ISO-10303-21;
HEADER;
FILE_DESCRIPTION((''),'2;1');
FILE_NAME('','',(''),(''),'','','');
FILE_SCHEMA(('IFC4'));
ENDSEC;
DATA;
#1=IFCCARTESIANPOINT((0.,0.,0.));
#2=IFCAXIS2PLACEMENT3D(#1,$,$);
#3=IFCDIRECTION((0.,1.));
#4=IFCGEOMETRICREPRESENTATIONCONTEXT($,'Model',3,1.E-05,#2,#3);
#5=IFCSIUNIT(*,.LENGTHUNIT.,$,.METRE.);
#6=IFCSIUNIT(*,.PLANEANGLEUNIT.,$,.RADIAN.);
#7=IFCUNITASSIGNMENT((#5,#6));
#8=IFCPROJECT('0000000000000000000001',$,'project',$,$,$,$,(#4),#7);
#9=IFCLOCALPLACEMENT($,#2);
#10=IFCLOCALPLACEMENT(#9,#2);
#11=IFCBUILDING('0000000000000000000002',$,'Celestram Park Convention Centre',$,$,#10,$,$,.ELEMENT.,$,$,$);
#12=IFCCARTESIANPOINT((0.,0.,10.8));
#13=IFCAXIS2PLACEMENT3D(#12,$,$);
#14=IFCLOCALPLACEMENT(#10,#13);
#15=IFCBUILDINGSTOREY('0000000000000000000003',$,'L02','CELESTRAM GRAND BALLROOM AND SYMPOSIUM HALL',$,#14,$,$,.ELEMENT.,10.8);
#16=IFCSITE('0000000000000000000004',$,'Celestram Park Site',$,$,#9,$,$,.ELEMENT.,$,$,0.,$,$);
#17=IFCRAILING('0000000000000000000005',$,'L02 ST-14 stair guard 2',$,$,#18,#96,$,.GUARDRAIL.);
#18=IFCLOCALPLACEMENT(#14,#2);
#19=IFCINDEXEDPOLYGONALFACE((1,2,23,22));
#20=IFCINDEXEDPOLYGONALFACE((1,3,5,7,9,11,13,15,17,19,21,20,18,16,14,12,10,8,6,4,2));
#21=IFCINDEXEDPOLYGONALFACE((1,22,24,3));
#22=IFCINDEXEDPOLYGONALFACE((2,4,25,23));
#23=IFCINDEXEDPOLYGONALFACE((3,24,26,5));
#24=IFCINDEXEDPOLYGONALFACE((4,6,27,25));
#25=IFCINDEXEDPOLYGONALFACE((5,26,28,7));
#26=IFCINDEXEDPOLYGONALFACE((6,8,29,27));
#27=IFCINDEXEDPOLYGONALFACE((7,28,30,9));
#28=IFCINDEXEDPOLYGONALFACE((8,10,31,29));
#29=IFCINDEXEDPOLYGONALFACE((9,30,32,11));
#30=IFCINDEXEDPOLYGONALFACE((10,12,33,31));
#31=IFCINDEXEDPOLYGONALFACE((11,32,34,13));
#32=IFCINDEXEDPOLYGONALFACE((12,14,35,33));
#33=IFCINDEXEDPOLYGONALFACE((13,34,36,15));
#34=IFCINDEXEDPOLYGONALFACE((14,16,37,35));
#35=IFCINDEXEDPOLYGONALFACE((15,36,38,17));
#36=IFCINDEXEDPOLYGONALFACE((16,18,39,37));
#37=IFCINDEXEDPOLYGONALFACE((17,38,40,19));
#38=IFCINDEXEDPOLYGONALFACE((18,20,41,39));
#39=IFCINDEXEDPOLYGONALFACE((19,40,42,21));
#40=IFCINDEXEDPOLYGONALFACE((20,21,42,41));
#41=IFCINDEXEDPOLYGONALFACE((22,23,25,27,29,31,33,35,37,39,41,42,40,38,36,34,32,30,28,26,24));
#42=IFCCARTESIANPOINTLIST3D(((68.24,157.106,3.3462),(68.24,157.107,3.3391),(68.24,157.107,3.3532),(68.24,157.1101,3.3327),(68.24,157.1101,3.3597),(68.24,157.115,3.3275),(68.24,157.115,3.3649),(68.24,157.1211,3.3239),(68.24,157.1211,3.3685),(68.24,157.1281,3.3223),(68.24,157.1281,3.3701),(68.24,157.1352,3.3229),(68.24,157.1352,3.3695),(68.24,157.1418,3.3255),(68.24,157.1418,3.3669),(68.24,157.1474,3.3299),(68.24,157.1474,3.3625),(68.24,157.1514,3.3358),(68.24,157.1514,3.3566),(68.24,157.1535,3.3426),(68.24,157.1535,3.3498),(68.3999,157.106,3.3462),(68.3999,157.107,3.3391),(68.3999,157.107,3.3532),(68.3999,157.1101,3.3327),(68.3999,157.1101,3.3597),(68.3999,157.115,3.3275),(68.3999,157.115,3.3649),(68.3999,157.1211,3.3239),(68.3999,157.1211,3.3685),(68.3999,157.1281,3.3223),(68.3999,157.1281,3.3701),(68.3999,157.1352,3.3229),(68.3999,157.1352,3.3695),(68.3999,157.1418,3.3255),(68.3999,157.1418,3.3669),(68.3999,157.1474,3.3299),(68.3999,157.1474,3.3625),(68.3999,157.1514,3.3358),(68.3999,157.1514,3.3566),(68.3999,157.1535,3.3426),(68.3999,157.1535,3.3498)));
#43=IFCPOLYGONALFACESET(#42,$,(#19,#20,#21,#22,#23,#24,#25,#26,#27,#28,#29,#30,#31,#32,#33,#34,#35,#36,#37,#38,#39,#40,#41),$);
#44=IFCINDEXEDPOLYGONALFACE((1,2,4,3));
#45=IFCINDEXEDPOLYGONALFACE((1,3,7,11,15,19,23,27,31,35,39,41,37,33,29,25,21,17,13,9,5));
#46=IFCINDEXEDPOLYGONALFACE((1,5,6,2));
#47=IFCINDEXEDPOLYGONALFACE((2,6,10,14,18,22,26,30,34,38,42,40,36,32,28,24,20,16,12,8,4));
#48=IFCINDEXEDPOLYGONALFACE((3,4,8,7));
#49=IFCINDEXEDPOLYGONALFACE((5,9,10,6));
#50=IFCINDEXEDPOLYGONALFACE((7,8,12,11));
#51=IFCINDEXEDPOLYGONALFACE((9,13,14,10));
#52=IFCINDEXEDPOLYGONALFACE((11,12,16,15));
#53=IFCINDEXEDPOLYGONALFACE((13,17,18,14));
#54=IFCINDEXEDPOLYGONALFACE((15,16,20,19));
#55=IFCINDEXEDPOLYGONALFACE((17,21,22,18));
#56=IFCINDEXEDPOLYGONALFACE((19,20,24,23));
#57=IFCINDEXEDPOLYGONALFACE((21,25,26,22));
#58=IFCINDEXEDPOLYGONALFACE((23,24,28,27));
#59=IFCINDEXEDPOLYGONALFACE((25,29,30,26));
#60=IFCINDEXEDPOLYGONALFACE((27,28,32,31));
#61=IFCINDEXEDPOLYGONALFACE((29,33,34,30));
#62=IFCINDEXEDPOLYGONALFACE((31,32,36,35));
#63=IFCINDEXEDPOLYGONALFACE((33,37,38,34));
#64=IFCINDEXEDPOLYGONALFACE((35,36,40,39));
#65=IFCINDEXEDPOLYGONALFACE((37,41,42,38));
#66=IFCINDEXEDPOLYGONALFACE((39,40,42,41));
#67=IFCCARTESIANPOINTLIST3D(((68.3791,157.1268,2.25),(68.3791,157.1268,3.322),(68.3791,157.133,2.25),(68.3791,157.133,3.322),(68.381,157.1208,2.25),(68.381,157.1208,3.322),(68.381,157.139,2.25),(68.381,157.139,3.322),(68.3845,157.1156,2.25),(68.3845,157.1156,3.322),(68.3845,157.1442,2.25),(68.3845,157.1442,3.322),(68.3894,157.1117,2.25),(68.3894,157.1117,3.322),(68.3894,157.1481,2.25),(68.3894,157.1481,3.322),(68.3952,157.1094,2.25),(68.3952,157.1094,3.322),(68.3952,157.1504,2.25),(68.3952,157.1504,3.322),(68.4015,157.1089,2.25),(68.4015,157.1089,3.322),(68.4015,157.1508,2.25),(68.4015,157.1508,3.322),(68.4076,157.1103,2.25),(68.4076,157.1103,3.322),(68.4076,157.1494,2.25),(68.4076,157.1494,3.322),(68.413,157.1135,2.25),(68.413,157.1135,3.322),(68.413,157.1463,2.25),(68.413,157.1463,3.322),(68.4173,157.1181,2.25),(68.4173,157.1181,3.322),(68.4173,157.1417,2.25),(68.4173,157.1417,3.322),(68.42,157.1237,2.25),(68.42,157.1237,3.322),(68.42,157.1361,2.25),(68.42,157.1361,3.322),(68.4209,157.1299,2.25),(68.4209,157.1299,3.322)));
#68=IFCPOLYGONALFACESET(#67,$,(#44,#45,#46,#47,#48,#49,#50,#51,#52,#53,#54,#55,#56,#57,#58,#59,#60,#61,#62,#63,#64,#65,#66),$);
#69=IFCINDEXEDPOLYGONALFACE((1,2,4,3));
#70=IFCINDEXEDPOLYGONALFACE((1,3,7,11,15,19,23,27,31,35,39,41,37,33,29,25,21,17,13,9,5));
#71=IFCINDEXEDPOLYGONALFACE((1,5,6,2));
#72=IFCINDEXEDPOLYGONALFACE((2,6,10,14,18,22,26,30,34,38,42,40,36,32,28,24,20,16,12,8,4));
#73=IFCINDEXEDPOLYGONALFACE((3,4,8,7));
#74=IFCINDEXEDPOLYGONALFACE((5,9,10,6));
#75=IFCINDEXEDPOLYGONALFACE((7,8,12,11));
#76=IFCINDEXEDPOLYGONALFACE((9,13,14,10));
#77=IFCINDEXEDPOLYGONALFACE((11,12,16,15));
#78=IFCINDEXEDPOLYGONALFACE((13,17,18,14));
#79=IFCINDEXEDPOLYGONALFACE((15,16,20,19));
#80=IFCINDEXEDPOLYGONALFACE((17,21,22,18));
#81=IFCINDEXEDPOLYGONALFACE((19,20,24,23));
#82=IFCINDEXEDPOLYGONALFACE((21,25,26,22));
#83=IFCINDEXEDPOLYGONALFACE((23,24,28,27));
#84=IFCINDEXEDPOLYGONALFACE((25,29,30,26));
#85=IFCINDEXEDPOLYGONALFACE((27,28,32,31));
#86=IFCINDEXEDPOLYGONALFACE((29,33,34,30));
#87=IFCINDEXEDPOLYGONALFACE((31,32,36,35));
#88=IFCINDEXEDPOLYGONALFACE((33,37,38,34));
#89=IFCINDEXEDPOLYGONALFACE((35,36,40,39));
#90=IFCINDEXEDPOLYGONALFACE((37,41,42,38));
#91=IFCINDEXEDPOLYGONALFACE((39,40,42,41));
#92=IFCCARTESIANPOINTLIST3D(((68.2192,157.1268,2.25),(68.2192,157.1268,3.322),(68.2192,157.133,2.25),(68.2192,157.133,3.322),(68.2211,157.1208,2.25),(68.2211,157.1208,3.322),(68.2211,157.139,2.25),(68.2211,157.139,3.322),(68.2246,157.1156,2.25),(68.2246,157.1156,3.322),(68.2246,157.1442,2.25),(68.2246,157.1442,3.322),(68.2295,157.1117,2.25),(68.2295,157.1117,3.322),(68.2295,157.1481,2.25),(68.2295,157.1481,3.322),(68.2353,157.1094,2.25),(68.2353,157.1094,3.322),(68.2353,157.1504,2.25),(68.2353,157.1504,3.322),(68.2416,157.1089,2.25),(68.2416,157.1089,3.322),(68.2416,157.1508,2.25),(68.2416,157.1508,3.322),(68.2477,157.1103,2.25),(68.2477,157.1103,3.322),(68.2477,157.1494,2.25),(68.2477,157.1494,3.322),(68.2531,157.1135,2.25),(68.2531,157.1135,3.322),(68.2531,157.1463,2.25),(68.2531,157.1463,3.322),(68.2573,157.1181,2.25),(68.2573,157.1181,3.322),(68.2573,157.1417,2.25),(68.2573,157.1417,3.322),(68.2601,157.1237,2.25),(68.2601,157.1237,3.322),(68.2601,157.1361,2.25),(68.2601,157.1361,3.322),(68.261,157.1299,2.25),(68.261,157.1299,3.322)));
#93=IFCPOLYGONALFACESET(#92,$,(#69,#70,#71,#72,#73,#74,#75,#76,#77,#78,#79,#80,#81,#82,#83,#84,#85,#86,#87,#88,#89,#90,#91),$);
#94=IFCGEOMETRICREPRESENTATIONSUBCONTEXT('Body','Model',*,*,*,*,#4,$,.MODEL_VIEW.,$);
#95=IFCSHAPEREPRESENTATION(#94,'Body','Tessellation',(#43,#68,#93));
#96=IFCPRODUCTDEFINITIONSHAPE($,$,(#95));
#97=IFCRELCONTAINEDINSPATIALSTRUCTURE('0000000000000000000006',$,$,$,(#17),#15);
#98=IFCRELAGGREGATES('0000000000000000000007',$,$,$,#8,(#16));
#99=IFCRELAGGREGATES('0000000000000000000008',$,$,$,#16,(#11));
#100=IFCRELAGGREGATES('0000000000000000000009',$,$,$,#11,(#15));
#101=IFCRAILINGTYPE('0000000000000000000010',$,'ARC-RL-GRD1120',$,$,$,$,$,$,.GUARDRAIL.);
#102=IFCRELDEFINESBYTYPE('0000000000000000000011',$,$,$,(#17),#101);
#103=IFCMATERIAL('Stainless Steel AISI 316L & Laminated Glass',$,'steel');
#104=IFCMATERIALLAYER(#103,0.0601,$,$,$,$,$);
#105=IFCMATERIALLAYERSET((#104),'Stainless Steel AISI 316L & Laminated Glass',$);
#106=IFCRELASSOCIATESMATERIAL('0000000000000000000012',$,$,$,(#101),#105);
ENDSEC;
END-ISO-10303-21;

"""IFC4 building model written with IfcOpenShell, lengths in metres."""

from ifc_helpers import new_model, si_unit, direction, frame, origin, origin_2d, place, context, subcontext, project, spatial, circle, extrude, material, layer, layer_set, type_object, element, save


model = new_model("IFC4")

# Units and contexts
model_context = context("Model", 3, precision=1e-05, world=origin(), true_north=direction((0.0, 1.0)))
body_context = subcontext(model_context, "Body", "Model", "MODEL_VIEW")
ifc_project = project(units=[si_unit("LENGTHUNIT", "METRE"), si_unit("PLANEANGLEUNIT", "RADIAN")], contexts=[model_context])

# Site, building, storey
site_placement = place(None, origin())
site = spatial("IfcSite", under=ifc_project, at=site_placement, Name="Celestram Park Site", CompositionType="ELEMENT", RefElevation=0.0)
building_placement = place(site_placement, origin())
building = spatial("IfcBuilding", under=site, at=building_placement, Name="Celestram Park Convention Centre", CompositionType="ELEMENT")
storey_placement = place(building_placement, frame((0.0, 0.0, 10.8)))
storey = spatial("IfcBuildingStorey", under=building, at=storey_placement, Name="L02", Description="CELESTRAM GRAND BALLROOM AND SYMPOSIUM HALL", CompositionType="ELEMENT", Elevation=10.8)

# Railing
ifc_material_1 = material(Name="Stainless Steel AISI 316L & Laminated Glass", Category="steel")
ifc_layer_1 = layer(ifc_material_1, 0.0601)
ifc_layer_set_1 = layer_set([ifc_layer_1], Name="Stainless Steel AISI 316L & Laminated Glass")
railing_type_1 = type_object("IfcRailingType", Name="ARC-RL-GRD1120", PredefinedType="GUARDRAIL", material=ifc_layer_set_1)
railing_1_placement = place(storey_placement, frame((68.3999, 157.1299, 2.25)))
element("IfcRailing", 1, at=railing_1_placement, inside=storey, type_object=railing_type_1, Name="L02 ST-14 stair guard 2", PredefinedType="GUARDRAIL", context=body_context, shape_type="SweptSolid", body=[
    extrude(circle(Radius=0.0239, at=origin_2d()), frame((0.0, 0.0, 1.0962), z_axis=(-1.0, 0.0, 0.0), x_axis=(0.0, -1.0, 0.0)), (0.0, 0.0, 1.0), 0.1599),
    extrude(circle(Radius=0.021, at=origin_2d()), origin(), (0.0, 0.0, 1.0), 1.072),
    extrude(circle(Radius=0.021, at=origin_2d()), frame((-0.1599, 0.0, 0.0)), (0.0, 0.0, 1.0), 1.072),
])

save(model, "model.ifc")
